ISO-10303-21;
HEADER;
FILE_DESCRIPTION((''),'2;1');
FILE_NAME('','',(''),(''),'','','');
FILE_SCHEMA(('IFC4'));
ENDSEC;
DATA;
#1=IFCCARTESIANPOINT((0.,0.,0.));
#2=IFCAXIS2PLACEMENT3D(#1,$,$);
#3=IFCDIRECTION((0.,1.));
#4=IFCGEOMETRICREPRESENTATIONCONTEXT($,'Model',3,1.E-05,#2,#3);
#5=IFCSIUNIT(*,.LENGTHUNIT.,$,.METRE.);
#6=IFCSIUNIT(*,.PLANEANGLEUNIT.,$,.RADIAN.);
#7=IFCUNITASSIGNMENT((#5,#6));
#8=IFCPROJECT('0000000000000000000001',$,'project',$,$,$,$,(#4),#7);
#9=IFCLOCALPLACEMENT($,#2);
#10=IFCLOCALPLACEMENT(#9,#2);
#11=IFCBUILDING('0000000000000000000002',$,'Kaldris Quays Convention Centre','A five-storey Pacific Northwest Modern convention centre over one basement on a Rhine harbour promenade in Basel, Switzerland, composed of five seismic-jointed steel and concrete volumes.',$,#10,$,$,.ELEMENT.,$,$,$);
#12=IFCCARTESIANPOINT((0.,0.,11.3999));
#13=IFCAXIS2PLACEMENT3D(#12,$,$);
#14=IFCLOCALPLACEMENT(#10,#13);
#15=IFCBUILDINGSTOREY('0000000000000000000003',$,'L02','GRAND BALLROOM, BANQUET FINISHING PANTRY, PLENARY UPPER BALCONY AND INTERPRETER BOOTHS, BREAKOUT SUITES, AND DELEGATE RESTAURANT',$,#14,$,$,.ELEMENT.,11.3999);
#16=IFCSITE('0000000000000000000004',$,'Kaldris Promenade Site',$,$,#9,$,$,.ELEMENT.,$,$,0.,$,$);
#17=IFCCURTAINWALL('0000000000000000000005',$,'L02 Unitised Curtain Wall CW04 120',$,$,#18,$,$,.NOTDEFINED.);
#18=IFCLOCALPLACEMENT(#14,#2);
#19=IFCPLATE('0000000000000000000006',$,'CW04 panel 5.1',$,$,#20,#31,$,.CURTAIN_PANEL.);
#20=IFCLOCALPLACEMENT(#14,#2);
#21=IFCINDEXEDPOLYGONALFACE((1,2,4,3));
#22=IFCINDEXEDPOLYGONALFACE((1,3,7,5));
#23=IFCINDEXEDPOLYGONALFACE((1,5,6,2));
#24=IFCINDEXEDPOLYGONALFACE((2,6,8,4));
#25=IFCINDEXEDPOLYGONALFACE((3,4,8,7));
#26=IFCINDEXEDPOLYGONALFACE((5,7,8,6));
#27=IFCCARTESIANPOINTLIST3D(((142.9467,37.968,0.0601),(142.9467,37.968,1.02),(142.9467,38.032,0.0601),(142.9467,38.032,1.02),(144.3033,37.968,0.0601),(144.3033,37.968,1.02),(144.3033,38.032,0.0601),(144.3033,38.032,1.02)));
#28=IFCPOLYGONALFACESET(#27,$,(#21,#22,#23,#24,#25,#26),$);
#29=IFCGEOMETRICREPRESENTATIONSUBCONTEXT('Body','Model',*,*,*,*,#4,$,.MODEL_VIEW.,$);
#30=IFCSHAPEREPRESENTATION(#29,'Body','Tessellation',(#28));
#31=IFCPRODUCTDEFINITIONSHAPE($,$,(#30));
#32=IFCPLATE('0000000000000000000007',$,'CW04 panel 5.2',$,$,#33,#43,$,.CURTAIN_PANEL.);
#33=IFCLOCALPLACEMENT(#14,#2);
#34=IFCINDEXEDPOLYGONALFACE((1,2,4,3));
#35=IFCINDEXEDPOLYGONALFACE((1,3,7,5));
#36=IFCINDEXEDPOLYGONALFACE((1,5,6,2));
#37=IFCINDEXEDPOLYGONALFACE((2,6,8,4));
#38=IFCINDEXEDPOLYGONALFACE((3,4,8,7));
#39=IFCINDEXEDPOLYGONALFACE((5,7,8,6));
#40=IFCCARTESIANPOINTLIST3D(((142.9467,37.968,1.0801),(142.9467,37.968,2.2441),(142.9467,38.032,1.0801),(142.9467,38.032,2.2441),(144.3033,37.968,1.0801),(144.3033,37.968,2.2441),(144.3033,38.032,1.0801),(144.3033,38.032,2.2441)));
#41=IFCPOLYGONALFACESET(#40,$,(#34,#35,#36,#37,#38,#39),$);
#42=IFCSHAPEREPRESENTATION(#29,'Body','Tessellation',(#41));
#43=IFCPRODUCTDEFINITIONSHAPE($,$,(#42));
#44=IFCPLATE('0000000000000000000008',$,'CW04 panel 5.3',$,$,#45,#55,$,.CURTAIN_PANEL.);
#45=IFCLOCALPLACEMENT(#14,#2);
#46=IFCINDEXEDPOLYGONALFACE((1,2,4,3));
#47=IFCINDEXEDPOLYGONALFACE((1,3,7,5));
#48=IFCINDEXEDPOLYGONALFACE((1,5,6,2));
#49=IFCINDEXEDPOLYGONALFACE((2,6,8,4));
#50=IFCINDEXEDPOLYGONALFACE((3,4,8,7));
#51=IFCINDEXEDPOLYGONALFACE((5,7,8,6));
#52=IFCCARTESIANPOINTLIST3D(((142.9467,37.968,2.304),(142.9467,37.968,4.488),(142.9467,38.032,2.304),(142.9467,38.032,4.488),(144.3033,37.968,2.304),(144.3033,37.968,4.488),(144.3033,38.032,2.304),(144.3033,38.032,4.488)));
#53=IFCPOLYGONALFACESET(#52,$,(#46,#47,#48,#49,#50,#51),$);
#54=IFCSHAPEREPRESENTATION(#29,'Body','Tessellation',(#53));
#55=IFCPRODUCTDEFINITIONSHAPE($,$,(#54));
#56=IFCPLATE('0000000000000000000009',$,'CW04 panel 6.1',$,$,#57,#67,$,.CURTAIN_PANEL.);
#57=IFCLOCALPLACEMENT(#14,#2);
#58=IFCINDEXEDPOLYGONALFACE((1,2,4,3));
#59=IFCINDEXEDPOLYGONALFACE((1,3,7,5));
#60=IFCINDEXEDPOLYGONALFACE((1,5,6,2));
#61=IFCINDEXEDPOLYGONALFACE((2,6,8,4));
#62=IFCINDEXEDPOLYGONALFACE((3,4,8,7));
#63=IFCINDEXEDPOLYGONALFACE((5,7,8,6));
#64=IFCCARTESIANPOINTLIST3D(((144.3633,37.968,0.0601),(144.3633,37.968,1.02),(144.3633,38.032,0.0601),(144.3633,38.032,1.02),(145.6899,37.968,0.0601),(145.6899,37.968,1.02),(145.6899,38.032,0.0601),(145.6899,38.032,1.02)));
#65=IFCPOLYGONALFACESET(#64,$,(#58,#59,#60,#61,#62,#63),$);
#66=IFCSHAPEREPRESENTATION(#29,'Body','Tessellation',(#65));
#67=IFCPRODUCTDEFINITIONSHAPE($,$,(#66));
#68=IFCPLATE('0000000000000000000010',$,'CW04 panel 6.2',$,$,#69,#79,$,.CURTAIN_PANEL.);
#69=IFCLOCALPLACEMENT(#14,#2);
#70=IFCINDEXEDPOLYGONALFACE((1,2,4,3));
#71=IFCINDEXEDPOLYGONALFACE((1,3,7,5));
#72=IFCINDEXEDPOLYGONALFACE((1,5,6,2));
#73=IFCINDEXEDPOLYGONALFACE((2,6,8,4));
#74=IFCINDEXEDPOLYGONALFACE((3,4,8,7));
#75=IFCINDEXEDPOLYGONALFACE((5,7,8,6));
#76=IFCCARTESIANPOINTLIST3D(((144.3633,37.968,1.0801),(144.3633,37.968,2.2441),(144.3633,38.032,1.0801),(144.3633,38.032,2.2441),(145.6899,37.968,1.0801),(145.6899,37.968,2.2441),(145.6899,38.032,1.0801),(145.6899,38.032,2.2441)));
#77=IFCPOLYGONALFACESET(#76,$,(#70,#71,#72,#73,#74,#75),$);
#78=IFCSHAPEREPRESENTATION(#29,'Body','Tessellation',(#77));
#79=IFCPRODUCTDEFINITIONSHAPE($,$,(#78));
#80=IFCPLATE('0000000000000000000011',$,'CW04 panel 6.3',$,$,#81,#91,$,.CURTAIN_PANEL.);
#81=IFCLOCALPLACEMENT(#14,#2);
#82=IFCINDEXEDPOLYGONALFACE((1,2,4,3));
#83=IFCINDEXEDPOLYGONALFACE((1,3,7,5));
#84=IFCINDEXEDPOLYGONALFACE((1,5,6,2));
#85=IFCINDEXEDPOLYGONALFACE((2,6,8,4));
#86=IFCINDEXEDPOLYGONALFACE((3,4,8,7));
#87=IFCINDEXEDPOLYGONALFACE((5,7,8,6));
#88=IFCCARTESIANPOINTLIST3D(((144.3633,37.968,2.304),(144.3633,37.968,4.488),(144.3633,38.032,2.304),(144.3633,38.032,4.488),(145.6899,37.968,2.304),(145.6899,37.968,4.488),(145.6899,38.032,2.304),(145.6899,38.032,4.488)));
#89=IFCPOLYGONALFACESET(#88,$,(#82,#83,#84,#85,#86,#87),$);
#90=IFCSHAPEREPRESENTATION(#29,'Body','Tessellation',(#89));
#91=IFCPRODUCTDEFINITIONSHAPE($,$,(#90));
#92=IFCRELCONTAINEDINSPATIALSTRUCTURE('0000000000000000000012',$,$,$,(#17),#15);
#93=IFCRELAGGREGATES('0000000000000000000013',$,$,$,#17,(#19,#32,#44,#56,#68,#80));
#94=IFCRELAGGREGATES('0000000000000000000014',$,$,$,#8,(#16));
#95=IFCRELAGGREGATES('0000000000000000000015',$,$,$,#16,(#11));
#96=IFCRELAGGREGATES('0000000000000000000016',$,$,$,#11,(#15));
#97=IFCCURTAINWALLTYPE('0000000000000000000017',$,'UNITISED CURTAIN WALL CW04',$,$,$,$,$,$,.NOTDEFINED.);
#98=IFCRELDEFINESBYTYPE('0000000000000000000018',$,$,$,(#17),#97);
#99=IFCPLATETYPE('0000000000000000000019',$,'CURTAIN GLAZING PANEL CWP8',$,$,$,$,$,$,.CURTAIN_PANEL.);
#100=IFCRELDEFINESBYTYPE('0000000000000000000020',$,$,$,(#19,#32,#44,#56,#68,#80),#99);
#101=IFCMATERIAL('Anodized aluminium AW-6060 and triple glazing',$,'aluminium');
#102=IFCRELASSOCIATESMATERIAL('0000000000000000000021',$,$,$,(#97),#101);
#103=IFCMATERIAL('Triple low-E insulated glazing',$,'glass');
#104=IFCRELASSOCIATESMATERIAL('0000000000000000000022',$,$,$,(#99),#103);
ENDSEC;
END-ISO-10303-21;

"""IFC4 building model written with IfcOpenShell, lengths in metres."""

from ifc_helpers import new_model, si_unit, direction, frame, origin, origin_2d, place, context, subcontext, project, spatial, rectangle, extrude, material, type_object, element, aggregate, save


model = new_model("IFC4")

# Units and contexts
model_context = context("Model", 3, precision=1e-05, world=origin(), true_north=direction((0.0, 1.0)))
body_context = subcontext(model_context, "Body", "Model", "MODEL_VIEW")
ifc_project = project(units=[si_unit("LENGTHUNIT", "METRE"), si_unit("PLANEANGLEUNIT", "RADIAN")], contexts=[model_context])

# Site, building, storey
site_placement = place(None, origin())
site = spatial("IfcSite", under=ifc_project, at=site_placement, Name="Kaldris Promenade Site", CompositionType="ELEMENT", RefElevation=0.0)
building_placement = place(site_placement, origin())
building = spatial("IfcBuilding", under=site, at=building_placement, Name="Kaldris Quays Convention Centre", Description="A five-storey Pacific Northwest Modern convention centre over one basement on a Rhine harbour promenade in Basel, Switzerland, composed of five seismic-jointed steel and concrete volumes.", CompositionType="ELEMENT")
storey_placement = place(building_placement, frame((0.0, 0.0, 11.3999)))
storey = spatial("IfcBuildingStorey", under=building, at=storey_placement, Name="L02", Description="GRAND BALLROOM, BANQUET FINISHING PANTRY, PLENARY UPPER BALCONY AND INTERPRETER BOOTHS, BREAKOUT SUITES, AND DELEGATE RESTAURANT", CompositionType="ELEMENT", Elevation=11.3999)

# Curtain wall
ifc_material_1 = material(Name="Anodized aluminium AW-6060 and triple glazing", Category="aluminium")
curtain_wall_type_1 = type_object("IfcCurtainWallType", Name="UNITISED CURTAIN WALL CW04", PredefinedType="NOTDEFINED", material=ifc_material_1)
curtain_wall_1_placement = place(storey_placement, origin())
curtain_wall_1 = element("IfcCurtainWall", 1, at=curtain_wall_1_placement, inside=storey, type_object=curtain_wall_type_1, Name="L02 Unitised Curtain Wall CW04 120", PredefinedType="NOTDEFINED")

# Plates
ifc_material_2 = material(Name="Triple low-E insulated glazing", Category="glass")
plate_type_1 = type_object("IfcPlateType", Name="CURTAIN GLAZING PANEL CWP8", PredefinedType="CURTAIN_PANEL", material=ifc_material_2)
plate_1_placement = place(storey_placement, frame((143.625, 38.0, 0.0601), z_axis=(0.0, 0.0, 1.0), x_axis=(1.0, 0.0, 0.0)))
plate_1 = element("IfcPlate", 2, at=plate_1_placement, type_object=plate_type_1, Name="CW04 panel 5.1", PredefinedType="CURTAIN_PANEL", context=body_context, shape_type="SweptSolid", body=[
    extrude(rectangle(XDim=1.3567, YDim=0.064, at=origin_2d()), origin(), (0.0, 0.0, 1.0), 0.96),
])
plate_2_placement = place(storey_placement, frame((143.625, 38.0, 1.0801), z_axis=(0.0, 0.0, 1.0), x_axis=(1.0, 0.0, 0.0)))
plate_2 = element("IfcPlate", 3, at=plate_2_placement, type_object=plate_type_1, Name="CW04 panel 5.2", PredefinedType="CURTAIN_PANEL", context=body_context, shape_type="SweptSolid", body=[
    extrude(rectangle(XDim=1.3567, YDim=0.064, at=origin_2d()), origin(), (0.0, 0.0, 1.0), 1.1641),
])
plate_3_placement = place(storey_placement, frame((143.625, 38.0, 2.304), z_axis=(0.0, 0.0, 1.0), x_axis=(1.0, 0.0, 0.0)))
plate_3 = element("IfcPlate", 4, at=plate_3_placement, type_object=plate_type_1, Name="CW04 panel 5.3", PredefinedType="CURTAIN_PANEL", context=body_context, shape_type="SweptSolid", body=[
    extrude(rectangle(XDim=1.3567, YDim=0.064, at=origin_2d()), origin(), (0.0, 0.0, 1.0), 2.1841),
])
plate_4_placement = place(storey_placement, frame((145.0266, 38.0, 0.0601), z_axis=(0.0, 0.0, 1.0), x_axis=(1.0, 0.0, 0.0)))
plate_4 = element("IfcPlate", 5, at=plate_4_placement, type_object=plate_type_1, Name="CW04 panel 6.1", PredefinedType="CURTAIN_PANEL", context=body_context, shape_type="SweptSolid", body=[
    extrude(rectangle(XDim=1.3267, YDim=0.064, at=origin_2d()), origin(), (0.0, 0.0, 1.0), 0.96),
])
plate_5_placement = place(storey_placement, frame((145.0266, 38.0, 1.0801), z_axis=(0.0, 0.0, 1.0), x_axis=(1.0, 0.0, 0.0)))
plate_5 = element("IfcPlate", 6, at=plate_5_placement, type_object=plate_type_1, Name="CW04 panel 6.2", PredefinedType="CURTAIN_PANEL", context=body_context, shape_type="SweptSolid", body=[
    extrude(rectangle(XDim=1.3267, YDim=0.064, at=origin_2d()), origin(), (0.0, 0.0, 1.0), 1.1641),
])
plate_6_placement = place(storey_placement, frame((145.0266, 38.0, 2.304), z_axis=(0.0, 0.0, 1.0), x_axis=(1.0, 0.0, 0.0)))
plate_6 = element("IfcPlate", 7, at=plate_6_placement, type_object=plate_type_1, Name="CW04 panel 6.3", PredefinedType="CURTAIN_PANEL", context=body_context, shape_type="SweptSolid", body=[
    extrude(rectangle(XDim=1.3267, YDim=0.064, at=origin_2d()), origin(), (0.0, 0.0, 1.0), 2.1841),
])
aggregate(curtain_wall_1, [plate_1, plate_2, plate_3, plate_4, plate_5, plate_6])

save(model, "model.ifc")
